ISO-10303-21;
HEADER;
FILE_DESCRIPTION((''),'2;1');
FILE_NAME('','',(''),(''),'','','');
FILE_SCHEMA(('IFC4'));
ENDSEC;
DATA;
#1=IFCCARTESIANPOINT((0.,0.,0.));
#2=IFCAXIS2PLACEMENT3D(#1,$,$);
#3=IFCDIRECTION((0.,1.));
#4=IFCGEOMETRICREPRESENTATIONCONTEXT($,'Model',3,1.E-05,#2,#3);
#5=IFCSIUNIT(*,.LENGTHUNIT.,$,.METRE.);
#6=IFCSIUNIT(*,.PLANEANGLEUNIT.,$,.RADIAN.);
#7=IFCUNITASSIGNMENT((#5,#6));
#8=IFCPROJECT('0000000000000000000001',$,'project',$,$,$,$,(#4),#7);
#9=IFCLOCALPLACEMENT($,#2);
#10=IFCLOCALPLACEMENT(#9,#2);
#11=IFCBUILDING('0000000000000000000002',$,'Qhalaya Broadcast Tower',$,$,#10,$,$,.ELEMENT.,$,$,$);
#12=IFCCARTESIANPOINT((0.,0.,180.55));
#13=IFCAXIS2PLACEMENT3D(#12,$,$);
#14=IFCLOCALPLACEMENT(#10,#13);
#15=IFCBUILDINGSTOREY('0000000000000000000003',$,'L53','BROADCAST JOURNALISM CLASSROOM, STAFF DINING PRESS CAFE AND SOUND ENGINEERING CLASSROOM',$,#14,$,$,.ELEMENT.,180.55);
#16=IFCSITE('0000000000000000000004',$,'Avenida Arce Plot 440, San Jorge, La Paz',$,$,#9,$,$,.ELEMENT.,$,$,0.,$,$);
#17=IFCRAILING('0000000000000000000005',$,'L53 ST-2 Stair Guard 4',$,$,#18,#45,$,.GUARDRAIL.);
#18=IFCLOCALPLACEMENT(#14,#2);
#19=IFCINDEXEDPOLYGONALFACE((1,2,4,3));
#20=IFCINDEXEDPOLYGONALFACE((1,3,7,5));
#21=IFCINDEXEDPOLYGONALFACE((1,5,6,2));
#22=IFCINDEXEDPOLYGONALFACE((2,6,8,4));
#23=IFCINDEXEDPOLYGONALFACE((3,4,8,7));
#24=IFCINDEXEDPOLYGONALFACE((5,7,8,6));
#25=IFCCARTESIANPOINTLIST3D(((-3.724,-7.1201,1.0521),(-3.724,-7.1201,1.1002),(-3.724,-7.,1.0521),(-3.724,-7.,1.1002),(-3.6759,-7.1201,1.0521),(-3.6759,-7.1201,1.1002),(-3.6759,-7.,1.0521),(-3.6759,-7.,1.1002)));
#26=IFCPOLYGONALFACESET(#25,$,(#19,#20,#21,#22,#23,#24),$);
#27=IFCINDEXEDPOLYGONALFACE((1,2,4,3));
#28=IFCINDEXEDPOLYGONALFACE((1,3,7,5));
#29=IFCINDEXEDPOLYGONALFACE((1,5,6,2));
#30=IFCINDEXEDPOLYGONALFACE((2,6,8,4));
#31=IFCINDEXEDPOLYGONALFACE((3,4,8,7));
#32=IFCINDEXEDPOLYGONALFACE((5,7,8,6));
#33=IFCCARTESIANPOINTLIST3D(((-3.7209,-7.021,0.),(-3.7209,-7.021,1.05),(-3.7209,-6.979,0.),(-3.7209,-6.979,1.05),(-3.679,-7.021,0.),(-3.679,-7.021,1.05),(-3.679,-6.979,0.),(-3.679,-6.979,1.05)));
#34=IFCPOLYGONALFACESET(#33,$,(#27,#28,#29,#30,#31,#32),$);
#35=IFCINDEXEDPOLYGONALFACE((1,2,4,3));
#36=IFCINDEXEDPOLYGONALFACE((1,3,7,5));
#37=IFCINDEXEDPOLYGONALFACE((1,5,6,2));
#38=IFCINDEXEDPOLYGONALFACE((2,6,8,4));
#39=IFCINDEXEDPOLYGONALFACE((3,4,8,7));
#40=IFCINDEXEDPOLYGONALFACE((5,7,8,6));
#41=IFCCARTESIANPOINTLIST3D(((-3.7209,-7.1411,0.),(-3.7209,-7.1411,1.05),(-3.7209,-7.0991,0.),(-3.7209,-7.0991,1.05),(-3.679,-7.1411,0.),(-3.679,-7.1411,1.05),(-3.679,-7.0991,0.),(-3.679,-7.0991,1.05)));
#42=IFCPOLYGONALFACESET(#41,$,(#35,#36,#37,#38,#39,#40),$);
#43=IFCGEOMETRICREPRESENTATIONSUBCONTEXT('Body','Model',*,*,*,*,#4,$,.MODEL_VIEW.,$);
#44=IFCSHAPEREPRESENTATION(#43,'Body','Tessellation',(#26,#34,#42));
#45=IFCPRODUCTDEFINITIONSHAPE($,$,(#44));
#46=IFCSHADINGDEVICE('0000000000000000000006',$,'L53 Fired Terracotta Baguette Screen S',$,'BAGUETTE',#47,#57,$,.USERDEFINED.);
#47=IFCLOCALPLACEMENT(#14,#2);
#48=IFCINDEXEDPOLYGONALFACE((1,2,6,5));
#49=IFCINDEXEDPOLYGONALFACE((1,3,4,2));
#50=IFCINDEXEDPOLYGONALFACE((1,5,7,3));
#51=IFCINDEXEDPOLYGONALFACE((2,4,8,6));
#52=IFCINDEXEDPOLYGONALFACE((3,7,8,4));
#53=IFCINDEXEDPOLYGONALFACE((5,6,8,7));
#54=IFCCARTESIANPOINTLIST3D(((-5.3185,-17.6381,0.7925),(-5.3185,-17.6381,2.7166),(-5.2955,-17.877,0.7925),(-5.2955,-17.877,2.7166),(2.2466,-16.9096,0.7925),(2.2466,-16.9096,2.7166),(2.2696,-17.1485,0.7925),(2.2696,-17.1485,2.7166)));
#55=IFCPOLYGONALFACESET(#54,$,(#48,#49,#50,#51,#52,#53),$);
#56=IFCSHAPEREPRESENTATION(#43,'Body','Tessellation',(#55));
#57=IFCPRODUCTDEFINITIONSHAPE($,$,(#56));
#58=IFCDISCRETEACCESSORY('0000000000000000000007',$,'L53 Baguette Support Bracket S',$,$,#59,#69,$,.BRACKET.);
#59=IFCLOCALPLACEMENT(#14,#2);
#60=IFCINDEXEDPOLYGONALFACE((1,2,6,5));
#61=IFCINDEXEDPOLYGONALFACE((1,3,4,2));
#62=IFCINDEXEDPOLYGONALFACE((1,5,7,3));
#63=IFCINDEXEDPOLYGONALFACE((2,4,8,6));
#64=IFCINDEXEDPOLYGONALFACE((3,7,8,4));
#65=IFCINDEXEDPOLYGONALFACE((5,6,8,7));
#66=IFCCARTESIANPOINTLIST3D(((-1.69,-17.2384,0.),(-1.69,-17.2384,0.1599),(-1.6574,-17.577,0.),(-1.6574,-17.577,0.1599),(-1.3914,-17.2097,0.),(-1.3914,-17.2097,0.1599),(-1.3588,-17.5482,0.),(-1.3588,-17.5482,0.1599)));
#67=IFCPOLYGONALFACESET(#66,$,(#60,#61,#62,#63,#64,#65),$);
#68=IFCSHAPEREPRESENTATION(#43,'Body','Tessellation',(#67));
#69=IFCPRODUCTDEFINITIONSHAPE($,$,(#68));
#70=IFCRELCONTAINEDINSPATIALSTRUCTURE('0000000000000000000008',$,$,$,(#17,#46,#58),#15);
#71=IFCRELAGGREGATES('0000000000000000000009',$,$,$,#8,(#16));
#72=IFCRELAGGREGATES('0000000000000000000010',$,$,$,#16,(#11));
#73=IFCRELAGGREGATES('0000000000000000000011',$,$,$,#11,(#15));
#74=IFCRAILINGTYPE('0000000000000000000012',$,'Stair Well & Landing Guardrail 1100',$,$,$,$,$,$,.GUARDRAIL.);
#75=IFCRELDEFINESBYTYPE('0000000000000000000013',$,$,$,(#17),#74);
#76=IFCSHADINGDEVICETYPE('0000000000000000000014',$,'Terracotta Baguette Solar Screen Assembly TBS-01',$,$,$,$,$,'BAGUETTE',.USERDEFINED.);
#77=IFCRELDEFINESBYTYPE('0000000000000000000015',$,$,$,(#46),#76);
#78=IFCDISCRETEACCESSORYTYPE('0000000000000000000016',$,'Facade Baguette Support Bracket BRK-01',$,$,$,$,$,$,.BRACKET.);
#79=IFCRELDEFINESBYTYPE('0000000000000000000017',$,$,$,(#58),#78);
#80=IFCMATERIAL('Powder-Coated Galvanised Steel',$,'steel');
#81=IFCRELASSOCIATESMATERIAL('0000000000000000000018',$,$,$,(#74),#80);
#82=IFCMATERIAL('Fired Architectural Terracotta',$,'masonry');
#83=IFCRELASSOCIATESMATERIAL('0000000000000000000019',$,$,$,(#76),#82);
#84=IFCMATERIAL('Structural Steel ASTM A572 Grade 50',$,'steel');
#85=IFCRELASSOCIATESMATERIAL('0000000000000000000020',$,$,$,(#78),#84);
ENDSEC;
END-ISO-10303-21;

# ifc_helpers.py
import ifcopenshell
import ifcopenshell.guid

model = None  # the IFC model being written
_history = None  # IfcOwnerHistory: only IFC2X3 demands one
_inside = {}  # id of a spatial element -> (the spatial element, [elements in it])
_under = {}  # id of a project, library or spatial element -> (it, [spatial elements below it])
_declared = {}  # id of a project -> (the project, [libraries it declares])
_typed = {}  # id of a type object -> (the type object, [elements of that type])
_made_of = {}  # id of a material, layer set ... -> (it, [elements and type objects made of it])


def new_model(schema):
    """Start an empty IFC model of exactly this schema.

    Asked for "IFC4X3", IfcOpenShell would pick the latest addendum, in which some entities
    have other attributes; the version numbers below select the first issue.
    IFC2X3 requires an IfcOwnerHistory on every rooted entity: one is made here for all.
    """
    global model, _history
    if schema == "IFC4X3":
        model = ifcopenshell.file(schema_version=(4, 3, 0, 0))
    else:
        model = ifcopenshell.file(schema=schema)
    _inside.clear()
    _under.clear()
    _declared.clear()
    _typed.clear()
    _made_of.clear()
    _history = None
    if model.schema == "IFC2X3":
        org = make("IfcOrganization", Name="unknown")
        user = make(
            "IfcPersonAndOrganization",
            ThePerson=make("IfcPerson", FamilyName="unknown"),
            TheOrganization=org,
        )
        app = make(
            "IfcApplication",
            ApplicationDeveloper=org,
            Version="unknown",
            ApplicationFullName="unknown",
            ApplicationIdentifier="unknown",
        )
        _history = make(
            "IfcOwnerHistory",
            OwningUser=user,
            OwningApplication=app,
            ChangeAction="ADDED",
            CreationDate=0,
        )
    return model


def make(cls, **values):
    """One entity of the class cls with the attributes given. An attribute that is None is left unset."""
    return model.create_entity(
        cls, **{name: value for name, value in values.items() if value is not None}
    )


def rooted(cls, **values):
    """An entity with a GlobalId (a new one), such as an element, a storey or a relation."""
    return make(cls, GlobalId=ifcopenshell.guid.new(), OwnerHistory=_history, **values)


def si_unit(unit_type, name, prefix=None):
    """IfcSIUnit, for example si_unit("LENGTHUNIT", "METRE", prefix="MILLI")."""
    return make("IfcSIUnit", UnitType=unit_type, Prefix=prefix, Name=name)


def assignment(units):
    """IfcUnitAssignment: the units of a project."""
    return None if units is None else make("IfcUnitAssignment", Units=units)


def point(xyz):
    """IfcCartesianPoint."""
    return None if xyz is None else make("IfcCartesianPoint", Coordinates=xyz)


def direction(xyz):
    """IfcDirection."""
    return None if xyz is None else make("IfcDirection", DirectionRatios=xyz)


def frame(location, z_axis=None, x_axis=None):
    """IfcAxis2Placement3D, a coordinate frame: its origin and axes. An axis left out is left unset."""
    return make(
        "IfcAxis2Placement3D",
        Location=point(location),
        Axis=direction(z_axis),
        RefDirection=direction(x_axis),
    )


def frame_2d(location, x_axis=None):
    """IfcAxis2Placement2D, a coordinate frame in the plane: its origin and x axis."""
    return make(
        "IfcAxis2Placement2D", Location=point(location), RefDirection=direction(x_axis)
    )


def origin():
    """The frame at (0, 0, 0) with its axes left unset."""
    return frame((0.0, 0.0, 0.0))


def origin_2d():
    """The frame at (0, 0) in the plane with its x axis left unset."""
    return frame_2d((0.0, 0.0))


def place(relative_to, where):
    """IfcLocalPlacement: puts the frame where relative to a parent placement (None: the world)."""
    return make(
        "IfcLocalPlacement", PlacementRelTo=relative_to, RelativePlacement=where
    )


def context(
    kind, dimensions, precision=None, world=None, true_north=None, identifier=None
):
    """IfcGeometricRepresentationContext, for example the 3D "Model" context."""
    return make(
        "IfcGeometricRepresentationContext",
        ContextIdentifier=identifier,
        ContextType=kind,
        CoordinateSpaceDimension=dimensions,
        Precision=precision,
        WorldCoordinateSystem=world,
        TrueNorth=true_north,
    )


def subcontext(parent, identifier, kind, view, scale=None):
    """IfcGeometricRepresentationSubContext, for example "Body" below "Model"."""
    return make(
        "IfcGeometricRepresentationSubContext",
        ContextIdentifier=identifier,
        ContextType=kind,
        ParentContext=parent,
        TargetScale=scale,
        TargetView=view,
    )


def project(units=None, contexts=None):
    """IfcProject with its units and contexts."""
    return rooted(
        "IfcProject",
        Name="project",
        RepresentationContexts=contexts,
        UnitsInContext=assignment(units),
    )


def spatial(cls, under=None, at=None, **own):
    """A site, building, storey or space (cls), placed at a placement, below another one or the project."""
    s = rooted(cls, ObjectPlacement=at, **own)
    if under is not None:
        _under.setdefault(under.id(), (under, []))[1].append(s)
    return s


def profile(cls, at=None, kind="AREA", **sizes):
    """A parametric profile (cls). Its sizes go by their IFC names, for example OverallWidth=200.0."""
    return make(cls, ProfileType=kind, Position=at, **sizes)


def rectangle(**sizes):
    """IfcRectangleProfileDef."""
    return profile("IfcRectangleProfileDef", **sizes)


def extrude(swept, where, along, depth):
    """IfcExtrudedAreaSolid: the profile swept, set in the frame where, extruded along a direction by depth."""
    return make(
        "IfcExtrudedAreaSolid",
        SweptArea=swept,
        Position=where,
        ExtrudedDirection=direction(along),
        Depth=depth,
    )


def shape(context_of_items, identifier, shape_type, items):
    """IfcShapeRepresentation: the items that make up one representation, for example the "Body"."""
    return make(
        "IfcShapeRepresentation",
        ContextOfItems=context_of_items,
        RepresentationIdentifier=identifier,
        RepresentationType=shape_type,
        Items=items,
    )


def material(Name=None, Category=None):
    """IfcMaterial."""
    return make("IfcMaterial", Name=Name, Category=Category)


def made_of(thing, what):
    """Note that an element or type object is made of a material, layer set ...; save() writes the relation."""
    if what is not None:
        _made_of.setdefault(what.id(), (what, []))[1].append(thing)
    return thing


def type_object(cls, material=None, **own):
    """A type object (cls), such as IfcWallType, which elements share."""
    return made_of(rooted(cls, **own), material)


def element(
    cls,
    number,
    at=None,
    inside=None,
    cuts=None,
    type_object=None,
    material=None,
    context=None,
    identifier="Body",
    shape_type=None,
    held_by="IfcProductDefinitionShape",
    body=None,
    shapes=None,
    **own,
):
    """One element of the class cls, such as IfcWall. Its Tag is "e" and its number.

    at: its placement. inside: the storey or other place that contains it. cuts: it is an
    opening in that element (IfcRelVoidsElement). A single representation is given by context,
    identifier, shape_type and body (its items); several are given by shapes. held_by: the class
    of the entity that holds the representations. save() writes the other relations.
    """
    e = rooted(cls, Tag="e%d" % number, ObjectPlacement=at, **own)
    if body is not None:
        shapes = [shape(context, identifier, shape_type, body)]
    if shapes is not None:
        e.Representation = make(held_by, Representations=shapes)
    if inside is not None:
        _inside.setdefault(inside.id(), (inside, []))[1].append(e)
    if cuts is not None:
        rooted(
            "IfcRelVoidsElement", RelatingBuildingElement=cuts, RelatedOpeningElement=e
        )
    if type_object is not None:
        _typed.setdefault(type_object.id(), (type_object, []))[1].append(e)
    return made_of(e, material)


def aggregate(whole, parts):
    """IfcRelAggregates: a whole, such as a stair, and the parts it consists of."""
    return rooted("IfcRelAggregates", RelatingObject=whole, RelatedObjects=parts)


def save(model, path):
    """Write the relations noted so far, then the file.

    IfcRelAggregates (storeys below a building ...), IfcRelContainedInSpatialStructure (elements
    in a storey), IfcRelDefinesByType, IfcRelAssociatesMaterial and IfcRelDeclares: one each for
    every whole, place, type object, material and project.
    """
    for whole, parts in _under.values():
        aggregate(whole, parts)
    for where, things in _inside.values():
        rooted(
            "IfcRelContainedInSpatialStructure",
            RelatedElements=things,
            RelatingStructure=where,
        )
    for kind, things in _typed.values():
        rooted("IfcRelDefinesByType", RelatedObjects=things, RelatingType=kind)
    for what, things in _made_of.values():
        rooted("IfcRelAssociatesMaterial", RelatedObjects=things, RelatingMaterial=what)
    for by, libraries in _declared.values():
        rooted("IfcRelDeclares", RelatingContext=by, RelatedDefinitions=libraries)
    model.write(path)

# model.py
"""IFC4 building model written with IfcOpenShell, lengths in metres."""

from ifc_helpers import new_model, si_unit, direction, frame, origin, origin_2d, place, context, subcontext, project, spatial, rectangle, extrude, material, type_object, element, save


model = new_model("IFC4")

# Units and contexts
model_context = context("Model", 3, precision=1e-05, world=origin(), true_north=direction((0.0, 1.0)))
body_context = subcontext(model_context, "Body", "Model", "MODEL_VIEW")
ifc_project = project(units=[si_unit("LENGTHUNIT", "METRE"), si_unit("PLANEANGLEUNIT", "RADIAN")], contexts=[model_context])

# Site, building, storey
site_placement = place(None, origin())
site = spatial("IfcSite", under=ifc_project, at=site_placement, Name="Avenida Arce Plot 440, San Jorge, La Paz", CompositionType="ELEMENT", RefElevation=0.0)
building_placement = place(site_placement, origin())
building = spatial("IfcBuilding", under=site, at=building_placement, Name="Qhalaya Broadcast Tower", CompositionType="ELEMENT")
storey_placement = place(building_placement, frame((0.0, 0.0, 180.55)))
storey = spatial("IfcBuildingStorey", under=building, at=storey_placement, Name="L53", Description="BROADCAST JOURNALISM CLASSROOM, STAFF DINING PRESS CAFE AND SOUND ENGINEERING CLASSROOM", CompositionType="ELEMENT", Elevation=180.55)

# Shared definitions
ifc_material_1 = material(Name="Structural Steel ASTM A572 Grade 50", Category="steel")

# Railing
ifc_material_2 = material(Name="Powder-Coated Galvanised Steel", Category="steel")
railing_type_1 = type_object("IfcRailingType", Name="Stair Well & Landing Guardrail 1100", PredefinedType="GUARDRAIL", material=ifc_material_2)
railing_1_placement = place(storey_placement, frame((-3.7, -7.0, 0.0)))
element("IfcRailing", 1, at=railing_1_placement, inside=storey, type_object=railing_type_1, Name="L53 ST-2 Stair Guard 4", PredefinedType="GUARDRAIL", context=body_context, shape_type="SweptSolid", body=[
    extrude(rectangle(XDim=0.0481, YDim=0.0481, at=origin_2d()), frame((0.0, 0.0, 1.0762), z_axis=(0.0, -1.0, 0.0), x_axis=(1.0, 0.0, 0.0)), (0.0, 0.0, 1.0), 0.1201),
    extrude(rectangle(XDim=0.042, YDim=0.042, at=origin_2d()), origin(), (0.0, 0.0, 1.0), 1.05),
    extrude(rectangle(XDim=0.042, YDim=0.042, at=origin_2d()), frame((0.0, -0.1201, 0.0)), (0.0, 0.0, 1.0), 1.05),
])

# Shading device
ifc_material_3 = material(Name="Fired Architectural Terracotta", Category="masonry")
shading_device_type = type_object("IfcShadingDeviceType", Name="Terracotta Baguette Solar Screen Assembly TBS-01", ElementType="BAGUETTE", PredefinedType="USERDEFINED", material=ifc_material_3)
shading_device_placement = place(storey_placement, frame((-1.5244, -17.3933, 0.7925), z_axis=(0.0, 0.0, 1.0), x_axis=(0.995396, 0.095846, 0.0)))
element("IfcShadingDevice", 2, at=shading_device_placement, inside=storey, type_object=shading_device_type, Name="L53 Fired Terracotta Baguette Screen S", ObjectType="BAGUETTE", PredefinedType="USERDEFINED", context=body_context, shape_type="SweptSolid", body=[
    extrude(rectangle(XDim=7.6001, YDim=0.24, at=origin_2d()), origin(), (0.0, 0.0, 1.0), 1.9241),
])

# Discrete accessory
discrete_accessory_type = type_object("IfcDiscreteAccessoryType", Name="Facade Baguette Support Bracket BRK-01", PredefinedType="BRACKET", material=ifc_material_1)
discrete_accessory_placement = place(storey_placement, frame((-1.5244, -17.3933, 0.0), z_axis=(0.0, 0.0, 1.0), x_axis=(0.995396, 0.095846, 0.0)))
element("IfcDiscreteAccessory", 3, at=discrete_accessory_placement, inside=storey, type_object=discrete_accessory_type, Name="L53 Baguette Support Bracket S", PredefinedType="BRACKET", context=body_context, shape_type="SweptSolid", body=[
    extrude(rectangle(XDim=0.3, YDim=0.3401, at=origin_2d()), origin(), (0.0, 0.0, 1.0), 0.1599),
])

save(model, "model.ifc")
